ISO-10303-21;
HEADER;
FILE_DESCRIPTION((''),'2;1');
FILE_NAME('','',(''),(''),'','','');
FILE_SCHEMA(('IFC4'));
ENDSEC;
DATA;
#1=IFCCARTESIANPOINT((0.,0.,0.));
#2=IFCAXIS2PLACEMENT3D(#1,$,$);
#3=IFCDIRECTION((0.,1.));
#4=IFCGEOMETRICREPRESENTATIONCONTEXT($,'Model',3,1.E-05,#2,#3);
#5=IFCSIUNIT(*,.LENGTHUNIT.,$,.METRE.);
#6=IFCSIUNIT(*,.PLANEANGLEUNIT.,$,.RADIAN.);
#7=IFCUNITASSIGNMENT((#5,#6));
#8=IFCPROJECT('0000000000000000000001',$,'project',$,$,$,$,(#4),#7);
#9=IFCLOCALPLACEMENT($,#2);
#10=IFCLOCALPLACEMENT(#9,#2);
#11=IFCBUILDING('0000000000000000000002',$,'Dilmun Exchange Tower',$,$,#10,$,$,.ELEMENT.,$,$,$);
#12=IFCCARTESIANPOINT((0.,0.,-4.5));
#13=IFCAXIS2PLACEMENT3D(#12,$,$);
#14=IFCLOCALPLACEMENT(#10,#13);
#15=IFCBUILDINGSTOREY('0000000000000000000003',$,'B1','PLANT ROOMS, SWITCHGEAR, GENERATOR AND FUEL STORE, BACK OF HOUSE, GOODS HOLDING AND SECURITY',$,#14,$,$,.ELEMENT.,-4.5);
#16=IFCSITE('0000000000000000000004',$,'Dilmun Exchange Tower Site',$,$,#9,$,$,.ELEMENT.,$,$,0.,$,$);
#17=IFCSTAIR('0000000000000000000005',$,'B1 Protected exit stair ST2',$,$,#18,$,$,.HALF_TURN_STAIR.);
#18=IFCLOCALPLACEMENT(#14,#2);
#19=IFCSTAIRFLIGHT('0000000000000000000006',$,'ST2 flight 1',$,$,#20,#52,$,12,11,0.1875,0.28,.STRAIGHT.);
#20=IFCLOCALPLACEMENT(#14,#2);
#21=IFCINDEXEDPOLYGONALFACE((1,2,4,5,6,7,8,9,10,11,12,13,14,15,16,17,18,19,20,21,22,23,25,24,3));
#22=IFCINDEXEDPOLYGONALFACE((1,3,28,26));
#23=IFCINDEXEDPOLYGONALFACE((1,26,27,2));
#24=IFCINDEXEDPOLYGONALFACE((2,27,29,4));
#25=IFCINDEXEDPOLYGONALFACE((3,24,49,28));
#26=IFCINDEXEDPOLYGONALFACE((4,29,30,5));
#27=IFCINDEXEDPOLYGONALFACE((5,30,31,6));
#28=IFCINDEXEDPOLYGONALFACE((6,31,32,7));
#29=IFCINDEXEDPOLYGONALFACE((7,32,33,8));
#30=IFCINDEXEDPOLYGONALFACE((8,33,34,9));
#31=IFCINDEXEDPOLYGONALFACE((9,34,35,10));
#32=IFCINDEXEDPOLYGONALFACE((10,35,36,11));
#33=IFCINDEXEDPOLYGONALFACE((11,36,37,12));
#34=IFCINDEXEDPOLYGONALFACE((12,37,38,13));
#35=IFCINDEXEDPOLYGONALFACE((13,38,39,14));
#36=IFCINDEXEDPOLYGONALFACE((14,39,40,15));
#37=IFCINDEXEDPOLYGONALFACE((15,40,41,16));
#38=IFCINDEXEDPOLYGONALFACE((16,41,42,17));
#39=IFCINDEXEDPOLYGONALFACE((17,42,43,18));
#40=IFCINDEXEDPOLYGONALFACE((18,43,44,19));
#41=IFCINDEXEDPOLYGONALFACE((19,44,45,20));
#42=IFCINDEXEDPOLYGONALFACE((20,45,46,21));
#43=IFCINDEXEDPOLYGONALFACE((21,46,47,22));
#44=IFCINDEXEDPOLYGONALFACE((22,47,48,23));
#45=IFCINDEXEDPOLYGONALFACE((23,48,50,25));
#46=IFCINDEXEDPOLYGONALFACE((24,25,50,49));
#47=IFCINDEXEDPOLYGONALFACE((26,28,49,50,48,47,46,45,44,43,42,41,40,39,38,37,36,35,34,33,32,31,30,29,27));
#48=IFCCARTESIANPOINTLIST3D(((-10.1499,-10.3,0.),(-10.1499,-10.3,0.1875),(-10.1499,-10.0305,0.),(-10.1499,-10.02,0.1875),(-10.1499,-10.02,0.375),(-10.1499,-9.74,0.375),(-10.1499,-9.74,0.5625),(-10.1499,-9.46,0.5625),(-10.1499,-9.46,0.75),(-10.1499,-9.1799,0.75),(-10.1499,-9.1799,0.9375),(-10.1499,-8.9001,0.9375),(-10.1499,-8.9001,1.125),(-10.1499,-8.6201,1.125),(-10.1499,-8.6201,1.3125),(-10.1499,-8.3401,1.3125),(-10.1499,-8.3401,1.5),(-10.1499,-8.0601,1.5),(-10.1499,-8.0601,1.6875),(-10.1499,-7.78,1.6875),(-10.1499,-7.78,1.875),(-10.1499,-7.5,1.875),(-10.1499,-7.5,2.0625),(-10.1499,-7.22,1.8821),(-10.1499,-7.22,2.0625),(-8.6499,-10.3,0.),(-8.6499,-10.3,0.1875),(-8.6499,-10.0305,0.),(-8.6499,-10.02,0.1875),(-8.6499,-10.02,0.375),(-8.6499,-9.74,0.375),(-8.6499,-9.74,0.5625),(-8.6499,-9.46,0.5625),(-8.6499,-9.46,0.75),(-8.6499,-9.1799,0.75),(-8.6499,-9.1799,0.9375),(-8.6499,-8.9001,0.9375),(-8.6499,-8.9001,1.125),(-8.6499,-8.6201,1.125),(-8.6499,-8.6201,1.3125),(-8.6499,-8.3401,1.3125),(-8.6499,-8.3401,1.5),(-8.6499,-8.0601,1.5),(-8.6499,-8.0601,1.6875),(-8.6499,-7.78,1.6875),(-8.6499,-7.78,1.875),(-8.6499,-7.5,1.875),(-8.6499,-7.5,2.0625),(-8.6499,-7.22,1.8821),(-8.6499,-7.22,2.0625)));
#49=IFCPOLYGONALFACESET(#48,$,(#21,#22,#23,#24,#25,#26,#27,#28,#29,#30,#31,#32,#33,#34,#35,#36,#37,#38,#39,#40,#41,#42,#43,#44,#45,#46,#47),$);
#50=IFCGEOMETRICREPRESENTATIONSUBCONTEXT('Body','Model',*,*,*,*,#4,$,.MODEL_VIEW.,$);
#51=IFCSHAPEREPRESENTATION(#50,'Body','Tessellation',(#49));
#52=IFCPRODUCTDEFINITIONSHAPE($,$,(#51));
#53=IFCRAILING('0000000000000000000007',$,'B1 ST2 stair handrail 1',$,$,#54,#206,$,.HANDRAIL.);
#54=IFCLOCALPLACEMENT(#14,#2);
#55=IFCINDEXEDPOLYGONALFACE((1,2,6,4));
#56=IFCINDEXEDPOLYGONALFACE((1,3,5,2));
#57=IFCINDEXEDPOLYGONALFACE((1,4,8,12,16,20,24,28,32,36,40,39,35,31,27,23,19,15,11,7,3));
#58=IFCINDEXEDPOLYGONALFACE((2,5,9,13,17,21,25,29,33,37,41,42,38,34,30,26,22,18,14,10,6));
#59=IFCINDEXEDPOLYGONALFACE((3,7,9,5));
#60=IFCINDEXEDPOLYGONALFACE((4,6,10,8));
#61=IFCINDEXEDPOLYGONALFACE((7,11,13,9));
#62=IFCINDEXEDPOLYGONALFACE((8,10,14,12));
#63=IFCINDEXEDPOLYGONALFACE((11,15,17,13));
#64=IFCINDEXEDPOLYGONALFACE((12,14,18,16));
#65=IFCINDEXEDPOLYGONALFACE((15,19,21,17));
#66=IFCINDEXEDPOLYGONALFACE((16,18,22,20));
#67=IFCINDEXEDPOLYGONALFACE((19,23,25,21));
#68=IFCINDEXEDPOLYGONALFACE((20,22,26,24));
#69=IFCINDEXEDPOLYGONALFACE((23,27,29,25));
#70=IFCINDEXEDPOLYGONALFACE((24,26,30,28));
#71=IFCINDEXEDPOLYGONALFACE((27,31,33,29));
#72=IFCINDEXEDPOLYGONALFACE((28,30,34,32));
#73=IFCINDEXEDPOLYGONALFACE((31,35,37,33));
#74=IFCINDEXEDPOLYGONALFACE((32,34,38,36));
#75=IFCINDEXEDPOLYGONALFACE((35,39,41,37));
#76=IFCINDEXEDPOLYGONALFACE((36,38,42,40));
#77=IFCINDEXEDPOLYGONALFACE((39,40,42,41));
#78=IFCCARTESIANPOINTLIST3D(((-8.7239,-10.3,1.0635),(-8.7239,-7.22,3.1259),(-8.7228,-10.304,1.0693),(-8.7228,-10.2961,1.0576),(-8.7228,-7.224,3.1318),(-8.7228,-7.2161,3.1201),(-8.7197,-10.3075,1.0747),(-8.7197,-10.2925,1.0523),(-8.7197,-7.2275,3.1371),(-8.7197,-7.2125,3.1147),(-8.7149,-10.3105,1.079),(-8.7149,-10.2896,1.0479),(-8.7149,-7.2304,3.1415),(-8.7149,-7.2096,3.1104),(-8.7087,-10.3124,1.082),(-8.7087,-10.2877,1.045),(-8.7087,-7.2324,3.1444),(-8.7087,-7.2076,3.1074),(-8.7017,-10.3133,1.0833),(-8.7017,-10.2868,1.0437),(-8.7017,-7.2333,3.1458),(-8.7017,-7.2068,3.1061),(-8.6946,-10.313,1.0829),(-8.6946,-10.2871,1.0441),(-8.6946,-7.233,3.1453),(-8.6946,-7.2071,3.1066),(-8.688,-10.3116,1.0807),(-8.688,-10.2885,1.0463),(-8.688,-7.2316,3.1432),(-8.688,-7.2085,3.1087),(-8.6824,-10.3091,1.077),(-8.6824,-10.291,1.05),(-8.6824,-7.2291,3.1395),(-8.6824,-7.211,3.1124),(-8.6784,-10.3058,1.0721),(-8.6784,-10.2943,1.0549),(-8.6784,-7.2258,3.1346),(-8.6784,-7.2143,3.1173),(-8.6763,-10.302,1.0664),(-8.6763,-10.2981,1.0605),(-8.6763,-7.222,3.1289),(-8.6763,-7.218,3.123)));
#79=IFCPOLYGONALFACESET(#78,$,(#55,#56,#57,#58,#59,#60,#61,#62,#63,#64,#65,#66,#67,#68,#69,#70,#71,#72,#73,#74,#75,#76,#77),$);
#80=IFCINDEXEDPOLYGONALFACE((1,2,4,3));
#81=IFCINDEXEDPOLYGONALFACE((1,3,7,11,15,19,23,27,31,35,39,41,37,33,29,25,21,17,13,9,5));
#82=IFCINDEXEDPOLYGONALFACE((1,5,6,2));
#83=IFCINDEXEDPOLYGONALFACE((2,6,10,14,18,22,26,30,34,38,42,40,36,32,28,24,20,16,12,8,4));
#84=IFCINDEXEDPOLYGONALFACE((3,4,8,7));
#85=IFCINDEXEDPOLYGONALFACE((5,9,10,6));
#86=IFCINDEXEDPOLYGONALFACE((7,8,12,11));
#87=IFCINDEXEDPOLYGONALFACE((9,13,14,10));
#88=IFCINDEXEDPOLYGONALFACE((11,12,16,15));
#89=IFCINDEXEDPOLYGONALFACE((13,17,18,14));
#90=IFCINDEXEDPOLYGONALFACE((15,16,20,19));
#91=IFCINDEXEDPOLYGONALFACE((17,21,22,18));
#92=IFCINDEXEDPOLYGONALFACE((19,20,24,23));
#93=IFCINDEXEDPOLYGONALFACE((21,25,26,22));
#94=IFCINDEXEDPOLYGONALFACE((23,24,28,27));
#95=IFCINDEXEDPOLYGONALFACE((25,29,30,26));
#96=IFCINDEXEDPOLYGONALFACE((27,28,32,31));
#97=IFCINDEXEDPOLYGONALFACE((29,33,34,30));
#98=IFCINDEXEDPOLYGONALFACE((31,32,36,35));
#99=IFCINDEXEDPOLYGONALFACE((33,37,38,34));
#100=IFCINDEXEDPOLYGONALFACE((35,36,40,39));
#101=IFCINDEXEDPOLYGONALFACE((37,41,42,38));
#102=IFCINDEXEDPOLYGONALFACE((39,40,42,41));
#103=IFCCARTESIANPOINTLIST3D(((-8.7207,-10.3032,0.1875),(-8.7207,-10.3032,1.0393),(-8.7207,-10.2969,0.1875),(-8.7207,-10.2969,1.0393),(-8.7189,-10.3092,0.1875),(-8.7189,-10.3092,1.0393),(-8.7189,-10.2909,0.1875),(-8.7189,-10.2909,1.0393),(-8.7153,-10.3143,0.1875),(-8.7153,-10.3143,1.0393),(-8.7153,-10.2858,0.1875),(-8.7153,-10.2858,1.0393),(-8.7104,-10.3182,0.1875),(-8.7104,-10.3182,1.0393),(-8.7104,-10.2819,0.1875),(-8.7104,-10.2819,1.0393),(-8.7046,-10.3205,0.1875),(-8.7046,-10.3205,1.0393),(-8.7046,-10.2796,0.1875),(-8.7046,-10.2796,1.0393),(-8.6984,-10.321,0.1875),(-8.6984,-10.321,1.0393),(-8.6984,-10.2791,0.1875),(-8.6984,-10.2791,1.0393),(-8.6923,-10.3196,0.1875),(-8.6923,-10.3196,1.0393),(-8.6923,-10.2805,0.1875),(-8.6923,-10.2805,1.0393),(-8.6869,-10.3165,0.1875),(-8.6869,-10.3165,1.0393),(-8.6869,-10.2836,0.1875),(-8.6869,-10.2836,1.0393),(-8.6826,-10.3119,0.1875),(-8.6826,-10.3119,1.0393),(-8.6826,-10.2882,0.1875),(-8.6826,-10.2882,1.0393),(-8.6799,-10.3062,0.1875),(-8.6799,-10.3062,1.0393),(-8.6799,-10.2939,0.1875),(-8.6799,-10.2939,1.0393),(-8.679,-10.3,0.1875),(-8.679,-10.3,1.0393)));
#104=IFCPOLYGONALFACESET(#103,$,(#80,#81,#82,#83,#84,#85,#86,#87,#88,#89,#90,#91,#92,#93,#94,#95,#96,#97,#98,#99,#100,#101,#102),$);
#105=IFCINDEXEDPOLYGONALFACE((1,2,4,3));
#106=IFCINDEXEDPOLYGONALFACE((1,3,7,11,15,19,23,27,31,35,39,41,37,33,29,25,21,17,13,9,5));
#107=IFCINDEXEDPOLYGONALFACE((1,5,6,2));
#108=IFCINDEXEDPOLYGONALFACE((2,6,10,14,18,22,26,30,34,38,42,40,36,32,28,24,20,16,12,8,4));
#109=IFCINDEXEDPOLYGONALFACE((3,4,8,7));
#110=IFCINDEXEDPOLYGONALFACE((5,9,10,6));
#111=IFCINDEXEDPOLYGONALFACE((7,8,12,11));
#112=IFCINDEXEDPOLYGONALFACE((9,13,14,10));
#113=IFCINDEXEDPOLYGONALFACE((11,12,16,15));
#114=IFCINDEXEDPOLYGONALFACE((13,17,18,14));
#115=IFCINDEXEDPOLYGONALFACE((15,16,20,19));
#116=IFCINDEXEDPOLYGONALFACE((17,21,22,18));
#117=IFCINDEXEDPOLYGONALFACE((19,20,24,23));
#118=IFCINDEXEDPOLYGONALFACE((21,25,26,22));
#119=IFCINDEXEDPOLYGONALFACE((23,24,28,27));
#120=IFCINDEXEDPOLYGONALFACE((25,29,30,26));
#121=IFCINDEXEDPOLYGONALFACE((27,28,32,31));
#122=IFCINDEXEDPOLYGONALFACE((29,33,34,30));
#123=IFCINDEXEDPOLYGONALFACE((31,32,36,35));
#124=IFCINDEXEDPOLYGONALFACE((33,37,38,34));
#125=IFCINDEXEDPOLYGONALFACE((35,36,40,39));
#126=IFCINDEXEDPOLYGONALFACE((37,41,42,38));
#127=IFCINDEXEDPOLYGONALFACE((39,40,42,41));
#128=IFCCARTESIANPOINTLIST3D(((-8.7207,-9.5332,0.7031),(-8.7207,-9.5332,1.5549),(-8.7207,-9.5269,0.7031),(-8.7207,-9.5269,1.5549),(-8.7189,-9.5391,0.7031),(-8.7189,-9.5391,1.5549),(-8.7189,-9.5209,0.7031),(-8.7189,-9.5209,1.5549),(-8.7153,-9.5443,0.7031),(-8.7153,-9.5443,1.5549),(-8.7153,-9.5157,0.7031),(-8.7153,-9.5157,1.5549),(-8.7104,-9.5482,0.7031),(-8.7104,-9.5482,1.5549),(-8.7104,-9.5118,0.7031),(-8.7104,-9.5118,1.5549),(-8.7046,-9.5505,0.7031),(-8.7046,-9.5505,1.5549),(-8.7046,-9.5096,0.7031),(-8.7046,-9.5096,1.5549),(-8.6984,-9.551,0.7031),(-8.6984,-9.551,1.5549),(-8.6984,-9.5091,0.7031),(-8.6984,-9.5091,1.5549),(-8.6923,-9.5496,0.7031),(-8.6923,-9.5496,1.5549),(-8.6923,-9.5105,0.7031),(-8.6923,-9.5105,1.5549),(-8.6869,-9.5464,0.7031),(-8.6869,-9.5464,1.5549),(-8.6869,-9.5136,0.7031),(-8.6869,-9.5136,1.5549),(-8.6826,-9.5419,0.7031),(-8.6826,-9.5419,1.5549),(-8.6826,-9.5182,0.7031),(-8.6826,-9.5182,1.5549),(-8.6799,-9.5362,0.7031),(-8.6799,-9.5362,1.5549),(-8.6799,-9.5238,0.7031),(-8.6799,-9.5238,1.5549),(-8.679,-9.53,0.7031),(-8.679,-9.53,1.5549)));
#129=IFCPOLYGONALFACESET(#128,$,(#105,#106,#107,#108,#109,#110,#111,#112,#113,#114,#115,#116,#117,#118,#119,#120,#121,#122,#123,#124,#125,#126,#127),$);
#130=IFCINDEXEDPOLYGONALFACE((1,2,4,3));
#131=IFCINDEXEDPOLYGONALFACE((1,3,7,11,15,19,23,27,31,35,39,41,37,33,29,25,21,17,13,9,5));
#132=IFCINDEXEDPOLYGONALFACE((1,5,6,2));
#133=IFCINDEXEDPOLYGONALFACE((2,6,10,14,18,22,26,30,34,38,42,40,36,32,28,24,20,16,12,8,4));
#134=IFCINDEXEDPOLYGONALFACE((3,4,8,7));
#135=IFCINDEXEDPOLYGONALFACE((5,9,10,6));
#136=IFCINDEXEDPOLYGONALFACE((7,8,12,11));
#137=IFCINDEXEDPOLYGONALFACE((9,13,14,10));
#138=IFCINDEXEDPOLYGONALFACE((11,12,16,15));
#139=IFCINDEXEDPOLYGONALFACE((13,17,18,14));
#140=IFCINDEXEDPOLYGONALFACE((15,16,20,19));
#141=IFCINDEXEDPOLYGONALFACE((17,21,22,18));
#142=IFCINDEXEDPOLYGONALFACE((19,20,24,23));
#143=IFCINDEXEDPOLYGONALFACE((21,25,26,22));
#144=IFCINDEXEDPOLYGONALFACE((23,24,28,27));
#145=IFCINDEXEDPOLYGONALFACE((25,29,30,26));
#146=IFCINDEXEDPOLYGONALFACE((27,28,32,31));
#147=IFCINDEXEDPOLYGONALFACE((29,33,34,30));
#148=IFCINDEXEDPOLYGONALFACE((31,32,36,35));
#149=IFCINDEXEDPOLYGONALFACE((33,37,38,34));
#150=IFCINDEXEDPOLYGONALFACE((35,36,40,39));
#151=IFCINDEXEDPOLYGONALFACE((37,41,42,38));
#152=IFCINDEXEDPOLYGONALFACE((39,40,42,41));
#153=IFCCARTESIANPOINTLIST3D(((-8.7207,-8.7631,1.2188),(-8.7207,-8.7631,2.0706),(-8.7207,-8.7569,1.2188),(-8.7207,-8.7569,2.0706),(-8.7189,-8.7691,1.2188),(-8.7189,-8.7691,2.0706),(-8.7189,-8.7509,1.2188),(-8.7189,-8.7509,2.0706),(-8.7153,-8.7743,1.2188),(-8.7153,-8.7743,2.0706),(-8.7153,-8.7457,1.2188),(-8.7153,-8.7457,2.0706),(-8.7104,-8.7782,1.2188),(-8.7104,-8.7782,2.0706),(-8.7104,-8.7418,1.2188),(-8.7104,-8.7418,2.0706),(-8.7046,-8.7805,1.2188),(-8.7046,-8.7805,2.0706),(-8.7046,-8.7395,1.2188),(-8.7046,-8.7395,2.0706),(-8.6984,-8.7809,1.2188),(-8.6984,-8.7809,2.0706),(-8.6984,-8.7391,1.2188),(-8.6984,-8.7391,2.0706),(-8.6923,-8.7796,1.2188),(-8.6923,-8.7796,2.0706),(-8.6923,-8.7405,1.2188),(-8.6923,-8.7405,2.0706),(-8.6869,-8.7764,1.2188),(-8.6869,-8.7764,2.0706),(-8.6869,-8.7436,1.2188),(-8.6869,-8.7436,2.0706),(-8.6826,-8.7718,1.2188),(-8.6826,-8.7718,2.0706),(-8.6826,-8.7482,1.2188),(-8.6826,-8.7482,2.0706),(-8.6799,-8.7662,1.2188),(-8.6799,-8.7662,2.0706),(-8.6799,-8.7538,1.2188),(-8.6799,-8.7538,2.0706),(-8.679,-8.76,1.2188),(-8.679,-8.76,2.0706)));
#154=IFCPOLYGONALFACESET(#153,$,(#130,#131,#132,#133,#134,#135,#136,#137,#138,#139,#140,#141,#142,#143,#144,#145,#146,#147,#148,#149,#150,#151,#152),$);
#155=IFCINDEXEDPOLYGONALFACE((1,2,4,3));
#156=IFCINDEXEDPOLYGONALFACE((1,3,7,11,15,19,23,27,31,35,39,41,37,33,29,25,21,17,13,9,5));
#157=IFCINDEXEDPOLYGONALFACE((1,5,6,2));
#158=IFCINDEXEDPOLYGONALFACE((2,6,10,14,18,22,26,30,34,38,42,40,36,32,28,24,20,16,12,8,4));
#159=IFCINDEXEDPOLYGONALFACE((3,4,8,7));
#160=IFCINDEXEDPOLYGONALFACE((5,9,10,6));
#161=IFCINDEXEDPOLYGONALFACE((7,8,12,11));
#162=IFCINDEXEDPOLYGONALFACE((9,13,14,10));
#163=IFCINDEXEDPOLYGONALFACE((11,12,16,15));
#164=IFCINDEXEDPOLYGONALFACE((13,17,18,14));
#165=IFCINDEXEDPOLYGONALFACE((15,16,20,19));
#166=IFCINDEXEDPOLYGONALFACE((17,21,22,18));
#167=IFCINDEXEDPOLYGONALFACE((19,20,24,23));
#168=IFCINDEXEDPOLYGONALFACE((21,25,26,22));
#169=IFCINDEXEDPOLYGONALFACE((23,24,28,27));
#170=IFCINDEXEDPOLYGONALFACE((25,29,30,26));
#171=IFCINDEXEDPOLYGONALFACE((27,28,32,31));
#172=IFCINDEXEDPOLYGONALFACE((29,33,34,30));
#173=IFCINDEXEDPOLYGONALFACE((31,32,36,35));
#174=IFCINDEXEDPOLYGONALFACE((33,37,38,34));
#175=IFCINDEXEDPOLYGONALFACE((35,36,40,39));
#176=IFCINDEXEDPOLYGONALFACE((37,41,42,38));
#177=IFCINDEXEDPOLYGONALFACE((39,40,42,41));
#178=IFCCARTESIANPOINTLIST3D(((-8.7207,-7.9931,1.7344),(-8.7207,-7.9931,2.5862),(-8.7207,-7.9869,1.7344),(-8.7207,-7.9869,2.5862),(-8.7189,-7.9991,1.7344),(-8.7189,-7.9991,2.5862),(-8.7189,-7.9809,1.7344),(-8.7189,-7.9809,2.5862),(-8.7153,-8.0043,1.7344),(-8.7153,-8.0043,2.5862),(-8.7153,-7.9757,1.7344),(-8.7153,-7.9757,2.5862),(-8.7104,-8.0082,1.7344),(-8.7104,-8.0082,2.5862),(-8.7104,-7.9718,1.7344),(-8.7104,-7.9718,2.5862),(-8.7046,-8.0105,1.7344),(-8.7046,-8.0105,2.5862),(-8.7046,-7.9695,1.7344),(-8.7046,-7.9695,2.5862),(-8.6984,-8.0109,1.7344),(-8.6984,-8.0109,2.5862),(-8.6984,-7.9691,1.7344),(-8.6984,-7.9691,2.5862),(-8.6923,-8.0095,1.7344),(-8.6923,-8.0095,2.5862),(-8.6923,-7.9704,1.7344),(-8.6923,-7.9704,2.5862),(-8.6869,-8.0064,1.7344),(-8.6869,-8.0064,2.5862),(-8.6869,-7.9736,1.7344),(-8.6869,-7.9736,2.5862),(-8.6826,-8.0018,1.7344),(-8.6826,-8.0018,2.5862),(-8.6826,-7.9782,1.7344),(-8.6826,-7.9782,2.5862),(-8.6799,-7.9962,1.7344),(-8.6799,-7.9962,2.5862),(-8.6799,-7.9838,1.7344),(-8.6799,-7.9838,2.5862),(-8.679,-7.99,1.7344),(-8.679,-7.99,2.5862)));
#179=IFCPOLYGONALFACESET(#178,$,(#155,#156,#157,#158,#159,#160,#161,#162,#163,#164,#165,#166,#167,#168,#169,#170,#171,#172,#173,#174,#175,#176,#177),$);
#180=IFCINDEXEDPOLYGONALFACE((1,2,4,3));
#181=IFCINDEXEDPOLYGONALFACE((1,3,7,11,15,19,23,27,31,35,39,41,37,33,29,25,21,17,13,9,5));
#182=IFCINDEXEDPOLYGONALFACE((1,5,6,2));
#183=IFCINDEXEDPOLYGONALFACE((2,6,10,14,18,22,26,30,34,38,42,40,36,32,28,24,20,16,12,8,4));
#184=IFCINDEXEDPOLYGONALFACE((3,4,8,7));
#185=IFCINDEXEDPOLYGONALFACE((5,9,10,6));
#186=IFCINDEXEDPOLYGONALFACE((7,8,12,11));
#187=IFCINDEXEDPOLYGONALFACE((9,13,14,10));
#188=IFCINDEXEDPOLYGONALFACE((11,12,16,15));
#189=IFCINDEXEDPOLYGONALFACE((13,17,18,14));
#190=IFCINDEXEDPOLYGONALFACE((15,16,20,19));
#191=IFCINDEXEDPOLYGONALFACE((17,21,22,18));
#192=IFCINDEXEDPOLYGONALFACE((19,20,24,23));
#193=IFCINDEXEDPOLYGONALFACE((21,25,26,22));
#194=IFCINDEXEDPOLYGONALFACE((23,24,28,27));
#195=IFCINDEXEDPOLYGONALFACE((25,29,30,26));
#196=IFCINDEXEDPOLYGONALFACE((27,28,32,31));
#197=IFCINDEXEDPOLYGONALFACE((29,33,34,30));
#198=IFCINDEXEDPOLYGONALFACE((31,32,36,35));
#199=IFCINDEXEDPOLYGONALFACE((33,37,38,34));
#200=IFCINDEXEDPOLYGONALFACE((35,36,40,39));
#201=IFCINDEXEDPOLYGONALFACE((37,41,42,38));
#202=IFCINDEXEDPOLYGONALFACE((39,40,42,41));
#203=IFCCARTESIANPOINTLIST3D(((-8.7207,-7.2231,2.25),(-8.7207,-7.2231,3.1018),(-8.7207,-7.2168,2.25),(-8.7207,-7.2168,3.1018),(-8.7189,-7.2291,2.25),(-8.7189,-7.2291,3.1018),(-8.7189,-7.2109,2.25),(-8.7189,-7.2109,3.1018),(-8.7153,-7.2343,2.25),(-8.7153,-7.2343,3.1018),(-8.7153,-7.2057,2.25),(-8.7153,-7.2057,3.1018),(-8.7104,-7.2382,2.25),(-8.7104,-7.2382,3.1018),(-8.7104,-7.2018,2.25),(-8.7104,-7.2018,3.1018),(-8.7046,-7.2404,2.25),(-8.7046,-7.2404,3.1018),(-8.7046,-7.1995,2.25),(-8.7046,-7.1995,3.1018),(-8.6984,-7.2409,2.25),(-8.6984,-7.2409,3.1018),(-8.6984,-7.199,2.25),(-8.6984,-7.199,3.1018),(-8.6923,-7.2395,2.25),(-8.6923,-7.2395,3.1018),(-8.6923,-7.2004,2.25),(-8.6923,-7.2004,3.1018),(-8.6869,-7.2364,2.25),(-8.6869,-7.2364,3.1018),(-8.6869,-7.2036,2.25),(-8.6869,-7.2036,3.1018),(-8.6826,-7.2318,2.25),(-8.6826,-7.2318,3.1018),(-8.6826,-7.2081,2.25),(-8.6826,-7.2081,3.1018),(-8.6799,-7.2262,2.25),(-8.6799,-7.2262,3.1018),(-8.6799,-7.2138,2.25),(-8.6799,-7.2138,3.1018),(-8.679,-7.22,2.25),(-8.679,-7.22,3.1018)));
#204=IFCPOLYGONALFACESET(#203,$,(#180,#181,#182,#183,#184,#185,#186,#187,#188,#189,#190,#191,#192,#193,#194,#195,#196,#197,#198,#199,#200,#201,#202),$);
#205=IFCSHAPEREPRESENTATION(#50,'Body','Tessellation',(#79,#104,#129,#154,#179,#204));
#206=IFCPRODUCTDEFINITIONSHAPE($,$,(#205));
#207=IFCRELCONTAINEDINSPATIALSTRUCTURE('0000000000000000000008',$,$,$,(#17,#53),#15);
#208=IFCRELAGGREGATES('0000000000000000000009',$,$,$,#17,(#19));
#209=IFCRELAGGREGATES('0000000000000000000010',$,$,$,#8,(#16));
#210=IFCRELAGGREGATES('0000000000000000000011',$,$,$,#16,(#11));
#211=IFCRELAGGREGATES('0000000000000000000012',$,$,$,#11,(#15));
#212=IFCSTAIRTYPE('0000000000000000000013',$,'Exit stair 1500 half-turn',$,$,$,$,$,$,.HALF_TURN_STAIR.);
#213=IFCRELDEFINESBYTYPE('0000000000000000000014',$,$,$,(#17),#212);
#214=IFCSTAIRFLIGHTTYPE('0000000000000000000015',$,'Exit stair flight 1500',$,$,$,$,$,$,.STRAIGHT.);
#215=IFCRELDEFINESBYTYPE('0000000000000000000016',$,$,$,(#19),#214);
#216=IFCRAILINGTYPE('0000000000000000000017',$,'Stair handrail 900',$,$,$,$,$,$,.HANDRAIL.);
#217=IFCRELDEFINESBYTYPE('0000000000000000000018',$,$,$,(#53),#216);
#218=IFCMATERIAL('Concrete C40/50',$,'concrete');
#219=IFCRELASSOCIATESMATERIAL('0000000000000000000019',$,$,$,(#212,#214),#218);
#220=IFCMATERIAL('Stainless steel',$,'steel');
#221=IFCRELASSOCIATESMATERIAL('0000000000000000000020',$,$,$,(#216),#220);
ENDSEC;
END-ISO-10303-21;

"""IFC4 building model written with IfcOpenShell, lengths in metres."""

from ifc_helpers import new_model, si_unit, direction, frame, origin, origin_2d, place, context, subcontext, project, spatial, polyline, circle, outline, extrude, material, type_object, element, aggregate, save


model = new_model("IFC4")

# Units and contexts
model_context = context("Model", 3, precision=1e-05, world=origin(), true_north=direction((0.0, 1.0)))
body_context = subcontext(model_context, "Body", "Model", "MODEL_VIEW")
ifc_project = project(units=[si_unit("LENGTHUNIT", "METRE"), si_unit("PLANEANGLEUNIT", "RADIAN")], contexts=[model_context])

# Site, building, storey
site_placement = place(None, origin())
site = spatial("IfcSite", under=ifc_project, at=site_placement, Name="Dilmun Exchange Tower Site", CompositionType="ELEMENT", RefElevation=0.0)
building_placement = place(site_placement, origin())
building = spatial("IfcBuilding", under=site, at=building_placement, Name="Dilmun Exchange Tower", CompositionType="ELEMENT")
storey_placement = place(building_placement, frame((0.0, 0.0, -4.5)))
storey = spatial("IfcBuildingStorey", under=building, at=storey_placement, Name="B1", Description="PLANT ROOMS, SWITCHGEAR, GENERATOR AND FUEL STORE, BACK OF HOUSE, GOODS HOLDING AND SECURITY", CompositionType="ELEMENT", Elevation=-4.5)

# Shared definitions
ifc_material_1 = material(Name="Concrete C40/50", Category="concrete")

# Stair, stair flight
stair_type = type_object("IfcStairType", Name="Exit stair 1500 half-turn", PredefinedType="HALF_TURN_STAIR", material=ifc_material_1)
stair_placement = place(storey_placement, origin())
stair = element("IfcStair", 1, at=stair_placement, inside=storey, type_object=stair_type, Name="B1 Protected exit stair ST2", PredefinedType="HALF_TURN_STAIR")
stair_flight_type = type_object("IfcStairFlightType", Name="Exit stair flight 1500", PredefinedType="STRAIGHT", material=ifc_material_1)
stair_flight_placement = place(storey_placement, frame((-9.3999, -10.3, 0.0), z_axis=(0.0, 0.0, 1.0), x_axis=(0.0, 1.0, 0.0)))
stair_flight = element("IfcStairFlight", 2, at=stair_flight_placement, type_object=stair_flight_type, Name="ST2 flight 1", NumberOfRisers=12, NumberOfTreads=11, PredefinedType="STRAIGHT", RiserHeight=0.1875, TreadLength=0.28, context=body_context, shape_type="SweptSolid", body=[
    extrude(outline(polyline([(0.0, 0.0), (0.0, 0.1875), (0.28, 0.1875), (0.28, 0.375), (0.5601, 0.375), (0.5601, 0.5625), (0.8401, 0.5625), (0.8401, 0.75), (1.1201, 0.75), (1.1201, 0.9375), (1.3999, 0.9375), (1.3999, 1.125), (1.6799, 1.125), (1.6799, 1.3125), (1.96, 1.3125), (1.96, 1.5), (2.24, 1.5), (2.24, 1.6875), (2.52, 1.6875), (2.52, 1.875), (2.8, 1.875), (2.8, 2.0625), (3.0801, 2.0625), (3.0801, 2.25), (3.0801, 1.8821), (0.2695, 0.0), (0.0, 0.0)])), frame((0.0, 0.75, 0.0), z_axis=(0.0, -1.0, 0.0), x_axis=(1.0, 0.0, 0.0)), (0.0, 0.0, 1.0), 1.5),
])
aggregate(stair, [stair_flight])

# Railing
ifc_material_2 = material(Name="Stainless steel", Category="steel")
railing_type = type_object("IfcRailingType", Name="Stair handrail 900", PredefinedType="HANDRAIL", material=ifc_material_2)
railing_placement = place(storey_placement, frame((-8.7, -10.3, 0.1875)))
element("IfcRailing", 3, at=railing_placement, inside=storey, type_object=railing_type, Name="B1 ST2 stair handrail 1", PredefinedType="HANDRAIL", context=body_context, shape_type="SweptSolid", body=[
    extrude(circle(Radius=0.0239, at=origin_2d()), frame((0.0, 0.0, 0.876), z_axis=(0.0, 0.830914, 0.556401), x_axis=(-1.0, 0.0, 0.0)), (0.0, 0.0, 1.0), 3.7068),
    extrude(circle(Radius=0.021, at=origin_2d()), origin(), (0.0, 0.0, 1.0), 0.8518),
    extrude(circle(Radius=0.021, at=origin_2d()), frame((0.0, 0.77, 0.5156)), (0.0, 0.0, 1.0), 0.8518),
    extrude(circle(Radius=0.021, at=origin_2d()), frame((0.0, 1.54, 1.0312)), (0.0, 0.0, 1.0), 0.8518),
    extrude(circle(Radius=0.021, at=origin_2d()), frame((0.0, 2.3101, 1.5469)), (0.0, 0.0, 1.0), 0.8518),
    extrude(circle(Radius=0.021, at=origin_2d()), frame((0.0, 3.0801, 2.0625)), (0.0, 0.0, 1.0), 0.8518),
])

save(model, "model.ifc")
